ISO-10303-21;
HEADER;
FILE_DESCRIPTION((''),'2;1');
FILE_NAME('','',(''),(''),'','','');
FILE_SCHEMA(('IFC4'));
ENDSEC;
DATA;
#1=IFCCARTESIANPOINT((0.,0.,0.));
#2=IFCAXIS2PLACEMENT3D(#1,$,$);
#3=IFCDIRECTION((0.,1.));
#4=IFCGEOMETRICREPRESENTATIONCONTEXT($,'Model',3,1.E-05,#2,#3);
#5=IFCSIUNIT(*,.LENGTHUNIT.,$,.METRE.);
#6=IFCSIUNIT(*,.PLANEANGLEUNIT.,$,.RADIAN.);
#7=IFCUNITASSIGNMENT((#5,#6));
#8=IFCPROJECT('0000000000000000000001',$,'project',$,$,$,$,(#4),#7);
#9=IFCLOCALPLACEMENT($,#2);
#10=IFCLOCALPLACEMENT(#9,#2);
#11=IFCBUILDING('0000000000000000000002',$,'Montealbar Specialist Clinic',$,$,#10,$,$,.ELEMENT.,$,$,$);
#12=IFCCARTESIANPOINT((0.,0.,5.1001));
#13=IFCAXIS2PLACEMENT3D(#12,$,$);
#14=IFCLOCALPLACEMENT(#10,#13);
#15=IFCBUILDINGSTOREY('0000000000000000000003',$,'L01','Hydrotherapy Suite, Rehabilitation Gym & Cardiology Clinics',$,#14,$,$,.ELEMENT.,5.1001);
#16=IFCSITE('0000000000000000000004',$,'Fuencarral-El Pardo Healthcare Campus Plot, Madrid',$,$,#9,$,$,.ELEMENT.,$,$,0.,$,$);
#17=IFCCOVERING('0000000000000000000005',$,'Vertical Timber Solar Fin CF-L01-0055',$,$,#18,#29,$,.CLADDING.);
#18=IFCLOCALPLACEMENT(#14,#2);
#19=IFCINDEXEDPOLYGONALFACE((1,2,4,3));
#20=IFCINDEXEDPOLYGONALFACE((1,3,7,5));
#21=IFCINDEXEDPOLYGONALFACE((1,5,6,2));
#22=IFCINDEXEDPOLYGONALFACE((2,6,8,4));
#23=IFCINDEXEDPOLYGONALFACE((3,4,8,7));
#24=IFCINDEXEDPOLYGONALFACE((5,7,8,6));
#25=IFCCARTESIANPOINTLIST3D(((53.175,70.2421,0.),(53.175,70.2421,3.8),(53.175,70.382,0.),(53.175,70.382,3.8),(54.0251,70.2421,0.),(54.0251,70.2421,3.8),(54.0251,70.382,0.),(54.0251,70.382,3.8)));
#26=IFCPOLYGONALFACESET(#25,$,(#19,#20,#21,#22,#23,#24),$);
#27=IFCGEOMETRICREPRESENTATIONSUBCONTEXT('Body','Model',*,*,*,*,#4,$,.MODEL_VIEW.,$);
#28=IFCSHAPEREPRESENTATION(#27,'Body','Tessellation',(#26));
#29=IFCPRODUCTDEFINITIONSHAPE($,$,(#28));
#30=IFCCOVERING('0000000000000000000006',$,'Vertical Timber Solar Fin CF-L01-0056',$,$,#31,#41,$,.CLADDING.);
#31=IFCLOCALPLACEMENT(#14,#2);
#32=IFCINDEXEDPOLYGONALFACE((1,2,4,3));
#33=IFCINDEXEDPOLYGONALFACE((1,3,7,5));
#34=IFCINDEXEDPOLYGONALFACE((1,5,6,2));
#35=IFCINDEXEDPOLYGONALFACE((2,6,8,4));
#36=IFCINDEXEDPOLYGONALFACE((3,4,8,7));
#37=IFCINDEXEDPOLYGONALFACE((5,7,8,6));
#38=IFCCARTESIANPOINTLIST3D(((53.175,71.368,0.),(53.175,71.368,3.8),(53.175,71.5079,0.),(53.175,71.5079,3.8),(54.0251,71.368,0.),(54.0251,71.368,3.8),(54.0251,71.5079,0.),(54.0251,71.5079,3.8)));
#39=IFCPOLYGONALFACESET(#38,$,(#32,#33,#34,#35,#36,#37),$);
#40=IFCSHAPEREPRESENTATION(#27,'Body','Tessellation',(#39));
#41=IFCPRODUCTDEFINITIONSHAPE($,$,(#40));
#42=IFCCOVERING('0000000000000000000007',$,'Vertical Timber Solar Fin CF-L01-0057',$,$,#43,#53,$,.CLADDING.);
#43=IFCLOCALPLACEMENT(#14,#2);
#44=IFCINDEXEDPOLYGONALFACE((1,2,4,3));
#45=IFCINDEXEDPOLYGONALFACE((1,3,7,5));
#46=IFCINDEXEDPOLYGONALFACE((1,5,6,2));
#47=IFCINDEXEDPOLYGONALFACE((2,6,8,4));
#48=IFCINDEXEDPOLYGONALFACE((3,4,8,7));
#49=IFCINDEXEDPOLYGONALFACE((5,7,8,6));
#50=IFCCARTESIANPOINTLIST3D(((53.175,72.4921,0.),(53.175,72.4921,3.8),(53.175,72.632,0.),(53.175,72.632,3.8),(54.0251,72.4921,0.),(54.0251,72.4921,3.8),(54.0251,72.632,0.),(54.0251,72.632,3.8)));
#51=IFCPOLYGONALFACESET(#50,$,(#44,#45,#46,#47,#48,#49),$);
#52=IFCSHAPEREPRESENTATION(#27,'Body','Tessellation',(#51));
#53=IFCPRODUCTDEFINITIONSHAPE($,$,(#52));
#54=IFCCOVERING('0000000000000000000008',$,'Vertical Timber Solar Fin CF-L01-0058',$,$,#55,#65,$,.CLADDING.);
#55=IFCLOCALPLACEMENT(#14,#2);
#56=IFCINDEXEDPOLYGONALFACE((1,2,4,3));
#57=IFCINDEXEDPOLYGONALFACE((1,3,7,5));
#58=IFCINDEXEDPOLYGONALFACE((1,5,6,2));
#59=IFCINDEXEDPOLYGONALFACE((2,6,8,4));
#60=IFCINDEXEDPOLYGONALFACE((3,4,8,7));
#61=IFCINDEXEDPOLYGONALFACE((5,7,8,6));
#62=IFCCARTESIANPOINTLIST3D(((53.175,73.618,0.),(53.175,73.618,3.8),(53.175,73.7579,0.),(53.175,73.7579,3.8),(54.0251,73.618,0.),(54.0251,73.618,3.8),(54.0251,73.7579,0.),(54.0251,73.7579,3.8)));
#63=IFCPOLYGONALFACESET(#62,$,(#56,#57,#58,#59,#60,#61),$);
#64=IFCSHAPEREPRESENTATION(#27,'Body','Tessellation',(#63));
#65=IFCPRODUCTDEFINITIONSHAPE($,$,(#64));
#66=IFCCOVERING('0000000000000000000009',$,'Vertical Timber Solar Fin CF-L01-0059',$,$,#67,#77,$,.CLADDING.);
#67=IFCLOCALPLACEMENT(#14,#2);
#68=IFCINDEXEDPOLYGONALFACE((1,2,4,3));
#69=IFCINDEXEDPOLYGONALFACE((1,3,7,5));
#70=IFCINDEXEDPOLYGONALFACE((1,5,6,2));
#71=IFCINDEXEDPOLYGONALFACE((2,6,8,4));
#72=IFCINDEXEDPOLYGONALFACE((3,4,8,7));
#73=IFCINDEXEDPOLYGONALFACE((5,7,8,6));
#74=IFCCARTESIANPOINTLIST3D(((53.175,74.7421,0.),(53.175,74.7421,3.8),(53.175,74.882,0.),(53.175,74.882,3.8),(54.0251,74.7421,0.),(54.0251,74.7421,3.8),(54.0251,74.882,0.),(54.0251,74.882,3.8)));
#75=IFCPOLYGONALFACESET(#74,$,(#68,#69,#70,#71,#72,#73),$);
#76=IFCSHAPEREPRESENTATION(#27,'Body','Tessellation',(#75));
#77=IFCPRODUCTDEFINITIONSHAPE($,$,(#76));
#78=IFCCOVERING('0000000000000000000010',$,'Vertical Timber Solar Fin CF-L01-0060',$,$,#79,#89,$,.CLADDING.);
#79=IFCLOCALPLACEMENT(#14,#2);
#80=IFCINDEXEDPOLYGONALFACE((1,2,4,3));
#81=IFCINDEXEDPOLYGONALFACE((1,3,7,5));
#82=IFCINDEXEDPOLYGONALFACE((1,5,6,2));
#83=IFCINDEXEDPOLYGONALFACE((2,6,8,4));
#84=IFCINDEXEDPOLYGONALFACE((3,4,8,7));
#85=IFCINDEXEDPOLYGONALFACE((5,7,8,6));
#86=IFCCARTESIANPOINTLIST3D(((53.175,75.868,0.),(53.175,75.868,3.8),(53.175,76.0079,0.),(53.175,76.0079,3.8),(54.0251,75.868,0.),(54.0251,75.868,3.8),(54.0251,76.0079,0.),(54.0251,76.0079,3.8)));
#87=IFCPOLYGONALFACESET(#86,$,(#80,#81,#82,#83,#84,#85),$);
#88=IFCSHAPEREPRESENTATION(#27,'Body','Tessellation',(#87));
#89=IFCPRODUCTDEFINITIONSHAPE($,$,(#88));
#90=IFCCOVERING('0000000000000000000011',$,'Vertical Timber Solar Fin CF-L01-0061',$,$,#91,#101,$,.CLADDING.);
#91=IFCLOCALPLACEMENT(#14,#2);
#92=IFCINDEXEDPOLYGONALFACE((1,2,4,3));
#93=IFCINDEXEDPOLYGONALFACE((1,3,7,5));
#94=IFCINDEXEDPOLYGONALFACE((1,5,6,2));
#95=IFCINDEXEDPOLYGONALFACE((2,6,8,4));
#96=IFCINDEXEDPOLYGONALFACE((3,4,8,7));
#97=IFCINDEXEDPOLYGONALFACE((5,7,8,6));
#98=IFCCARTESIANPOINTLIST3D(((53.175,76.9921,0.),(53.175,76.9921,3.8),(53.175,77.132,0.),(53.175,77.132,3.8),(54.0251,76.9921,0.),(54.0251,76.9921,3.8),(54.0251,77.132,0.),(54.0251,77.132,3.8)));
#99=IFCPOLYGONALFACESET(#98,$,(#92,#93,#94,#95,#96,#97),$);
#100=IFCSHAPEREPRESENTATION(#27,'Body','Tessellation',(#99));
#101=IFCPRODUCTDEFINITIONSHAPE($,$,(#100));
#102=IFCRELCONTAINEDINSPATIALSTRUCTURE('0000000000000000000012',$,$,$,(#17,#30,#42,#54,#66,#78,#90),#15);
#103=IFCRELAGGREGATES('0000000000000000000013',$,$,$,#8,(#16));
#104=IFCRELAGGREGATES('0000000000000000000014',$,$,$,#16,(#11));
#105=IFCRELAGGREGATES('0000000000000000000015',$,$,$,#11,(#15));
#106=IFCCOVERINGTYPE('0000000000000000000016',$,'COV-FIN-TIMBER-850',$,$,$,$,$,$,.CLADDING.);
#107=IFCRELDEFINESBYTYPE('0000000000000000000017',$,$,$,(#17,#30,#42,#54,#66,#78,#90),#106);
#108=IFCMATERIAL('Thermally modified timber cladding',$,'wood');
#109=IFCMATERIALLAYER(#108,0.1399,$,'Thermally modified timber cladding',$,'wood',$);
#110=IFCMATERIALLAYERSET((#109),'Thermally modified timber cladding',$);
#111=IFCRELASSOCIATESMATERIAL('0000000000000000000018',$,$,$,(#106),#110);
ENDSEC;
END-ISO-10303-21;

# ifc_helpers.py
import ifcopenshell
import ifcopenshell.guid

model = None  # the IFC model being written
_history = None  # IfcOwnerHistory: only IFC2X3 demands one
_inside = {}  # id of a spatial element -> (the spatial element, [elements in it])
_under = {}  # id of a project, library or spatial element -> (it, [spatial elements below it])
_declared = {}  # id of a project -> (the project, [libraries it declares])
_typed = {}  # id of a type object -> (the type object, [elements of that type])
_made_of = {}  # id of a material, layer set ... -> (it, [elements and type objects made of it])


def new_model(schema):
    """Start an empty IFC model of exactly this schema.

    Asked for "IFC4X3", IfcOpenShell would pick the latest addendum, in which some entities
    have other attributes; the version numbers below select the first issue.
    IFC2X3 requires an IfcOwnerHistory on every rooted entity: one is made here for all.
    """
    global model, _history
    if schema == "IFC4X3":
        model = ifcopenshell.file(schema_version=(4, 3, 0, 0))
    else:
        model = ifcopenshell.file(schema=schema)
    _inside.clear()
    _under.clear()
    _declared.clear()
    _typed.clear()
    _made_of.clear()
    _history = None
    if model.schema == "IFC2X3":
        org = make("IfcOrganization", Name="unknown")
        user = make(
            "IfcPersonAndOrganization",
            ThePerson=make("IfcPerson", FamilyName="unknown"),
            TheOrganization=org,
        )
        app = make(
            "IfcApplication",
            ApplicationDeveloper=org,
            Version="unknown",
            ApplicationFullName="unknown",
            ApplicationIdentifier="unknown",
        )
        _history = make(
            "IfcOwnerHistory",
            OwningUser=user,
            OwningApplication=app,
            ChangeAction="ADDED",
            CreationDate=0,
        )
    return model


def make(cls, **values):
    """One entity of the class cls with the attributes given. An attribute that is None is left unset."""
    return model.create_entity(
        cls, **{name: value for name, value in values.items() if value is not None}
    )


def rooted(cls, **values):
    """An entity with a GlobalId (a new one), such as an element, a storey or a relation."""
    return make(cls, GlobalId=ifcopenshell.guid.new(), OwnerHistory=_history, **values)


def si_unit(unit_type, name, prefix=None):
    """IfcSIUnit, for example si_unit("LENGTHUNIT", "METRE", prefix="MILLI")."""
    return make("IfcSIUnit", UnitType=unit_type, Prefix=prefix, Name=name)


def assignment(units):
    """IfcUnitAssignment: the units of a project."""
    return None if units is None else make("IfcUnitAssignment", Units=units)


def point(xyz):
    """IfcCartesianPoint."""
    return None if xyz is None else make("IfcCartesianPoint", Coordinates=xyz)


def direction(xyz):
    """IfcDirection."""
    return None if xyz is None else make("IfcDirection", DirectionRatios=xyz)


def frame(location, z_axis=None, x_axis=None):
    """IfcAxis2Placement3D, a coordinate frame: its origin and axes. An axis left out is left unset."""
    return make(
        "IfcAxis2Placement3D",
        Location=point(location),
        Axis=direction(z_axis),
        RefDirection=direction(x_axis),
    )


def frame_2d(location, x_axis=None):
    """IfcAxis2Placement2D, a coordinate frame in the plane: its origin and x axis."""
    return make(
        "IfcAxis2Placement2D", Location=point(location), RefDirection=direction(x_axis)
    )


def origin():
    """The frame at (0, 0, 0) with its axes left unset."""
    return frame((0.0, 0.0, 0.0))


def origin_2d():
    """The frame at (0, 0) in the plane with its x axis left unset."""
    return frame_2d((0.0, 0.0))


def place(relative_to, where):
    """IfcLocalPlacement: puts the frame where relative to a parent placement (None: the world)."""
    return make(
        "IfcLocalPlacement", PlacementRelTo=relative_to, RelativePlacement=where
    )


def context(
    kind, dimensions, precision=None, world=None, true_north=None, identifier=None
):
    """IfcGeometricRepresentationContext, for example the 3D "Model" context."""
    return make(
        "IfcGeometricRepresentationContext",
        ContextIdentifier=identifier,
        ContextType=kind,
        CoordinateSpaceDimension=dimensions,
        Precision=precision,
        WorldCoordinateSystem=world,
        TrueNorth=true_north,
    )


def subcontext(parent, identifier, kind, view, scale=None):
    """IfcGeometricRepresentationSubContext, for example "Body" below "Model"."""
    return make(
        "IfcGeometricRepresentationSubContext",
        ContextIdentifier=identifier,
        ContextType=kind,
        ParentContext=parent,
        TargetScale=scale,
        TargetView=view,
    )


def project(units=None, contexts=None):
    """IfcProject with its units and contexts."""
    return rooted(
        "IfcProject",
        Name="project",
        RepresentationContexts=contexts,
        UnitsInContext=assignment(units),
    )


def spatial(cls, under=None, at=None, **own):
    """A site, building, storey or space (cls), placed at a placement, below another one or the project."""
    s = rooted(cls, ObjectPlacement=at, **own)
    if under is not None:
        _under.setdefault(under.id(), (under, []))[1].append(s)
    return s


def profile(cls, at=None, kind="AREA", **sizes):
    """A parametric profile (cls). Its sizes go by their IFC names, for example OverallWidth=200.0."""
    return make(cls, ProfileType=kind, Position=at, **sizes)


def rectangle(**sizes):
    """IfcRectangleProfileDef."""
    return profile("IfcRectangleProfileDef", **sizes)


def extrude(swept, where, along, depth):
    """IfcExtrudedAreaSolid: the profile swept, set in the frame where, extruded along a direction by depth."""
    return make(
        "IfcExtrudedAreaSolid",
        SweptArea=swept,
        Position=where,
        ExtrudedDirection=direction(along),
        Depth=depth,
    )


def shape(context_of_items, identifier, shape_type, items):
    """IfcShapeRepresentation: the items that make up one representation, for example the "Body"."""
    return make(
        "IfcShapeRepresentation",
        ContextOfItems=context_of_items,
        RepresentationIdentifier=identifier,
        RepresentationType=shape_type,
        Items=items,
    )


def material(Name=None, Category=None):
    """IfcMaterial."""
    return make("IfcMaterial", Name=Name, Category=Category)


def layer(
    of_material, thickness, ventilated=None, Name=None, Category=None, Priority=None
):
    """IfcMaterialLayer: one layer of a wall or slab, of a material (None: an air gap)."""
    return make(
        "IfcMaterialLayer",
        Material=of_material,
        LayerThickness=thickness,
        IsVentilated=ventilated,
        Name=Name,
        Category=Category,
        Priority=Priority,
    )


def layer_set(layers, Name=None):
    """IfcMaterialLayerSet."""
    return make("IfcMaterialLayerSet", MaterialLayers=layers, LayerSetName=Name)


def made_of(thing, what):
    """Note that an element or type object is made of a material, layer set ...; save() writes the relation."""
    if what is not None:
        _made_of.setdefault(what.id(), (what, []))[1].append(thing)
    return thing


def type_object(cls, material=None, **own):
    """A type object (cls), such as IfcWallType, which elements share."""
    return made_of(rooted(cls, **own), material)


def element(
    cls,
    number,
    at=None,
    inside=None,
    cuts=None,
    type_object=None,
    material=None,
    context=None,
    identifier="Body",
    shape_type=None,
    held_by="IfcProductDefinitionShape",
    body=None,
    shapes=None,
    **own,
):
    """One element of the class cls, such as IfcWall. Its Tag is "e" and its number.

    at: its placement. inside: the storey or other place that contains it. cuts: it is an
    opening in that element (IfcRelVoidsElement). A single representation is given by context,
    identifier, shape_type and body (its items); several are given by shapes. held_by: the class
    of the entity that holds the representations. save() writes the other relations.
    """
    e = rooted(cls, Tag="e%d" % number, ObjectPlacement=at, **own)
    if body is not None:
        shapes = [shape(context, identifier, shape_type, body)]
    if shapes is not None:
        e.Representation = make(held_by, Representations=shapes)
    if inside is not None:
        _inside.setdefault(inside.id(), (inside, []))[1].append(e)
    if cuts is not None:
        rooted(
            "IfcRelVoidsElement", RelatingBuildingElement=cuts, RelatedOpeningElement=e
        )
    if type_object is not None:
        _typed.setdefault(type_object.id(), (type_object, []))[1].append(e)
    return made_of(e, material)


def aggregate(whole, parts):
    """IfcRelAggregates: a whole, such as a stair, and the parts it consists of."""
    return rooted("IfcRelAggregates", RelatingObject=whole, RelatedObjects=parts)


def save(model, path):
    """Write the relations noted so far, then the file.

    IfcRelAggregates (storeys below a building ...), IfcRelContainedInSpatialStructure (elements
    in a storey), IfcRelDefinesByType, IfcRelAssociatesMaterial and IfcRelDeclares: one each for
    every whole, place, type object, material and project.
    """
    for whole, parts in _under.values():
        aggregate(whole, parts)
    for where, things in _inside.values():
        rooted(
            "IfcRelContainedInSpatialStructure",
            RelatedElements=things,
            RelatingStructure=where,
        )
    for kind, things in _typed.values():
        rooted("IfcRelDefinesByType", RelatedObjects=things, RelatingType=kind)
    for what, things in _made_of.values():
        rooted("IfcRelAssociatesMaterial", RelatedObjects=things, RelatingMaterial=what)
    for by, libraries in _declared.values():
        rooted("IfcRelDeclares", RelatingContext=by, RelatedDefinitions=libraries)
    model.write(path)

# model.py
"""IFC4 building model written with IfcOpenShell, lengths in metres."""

from ifc_helpers import new_model, si_unit, direction, frame, origin, origin_2d, place, context, subcontext, project, spatial, rectangle, extrude, material, layer, layer_set, type_object, element, save


model = new_model("IFC4")

# Units and contexts
model_context = context("Model", 3, precision=1e-05, world=origin(), true_north=direction((0.0, 1.0)))
body_context = subcontext(model_context, "Body", "Model", "MODEL_VIEW")
ifc_project = project(units=[si_unit("LENGTHUNIT", "METRE"), si_unit("PLANEANGLEUNIT", "RADIAN")], contexts=[model_context])

# Site, building, storey
site_placement = place(None, origin())
site = spatial("IfcSite", under=ifc_project, at=site_placement, Name="Fuencarral-El Pardo Healthcare Campus Plot, Madrid", CompositionType="ELEMENT", RefElevation=0.0)
building_placement = place(site_placement, origin())
building = spatial("IfcBuilding", under=site, at=building_placement, Name="Montealbar Specialist Clinic", CompositionType="ELEMENT")
storey_placement = place(building_placement, frame((0.0, 0.0, 5.1001)))
storey = spatial("IfcBuildingStorey", under=building, at=storey_placement, Name="L01", Description="Hydrotherapy Suite, Rehabilitation Gym & Cardiology Clinics", CompositionType="ELEMENT", Elevation=5.1001)

# Coverings
ifc_material_1 = material(Name="Thermally modified timber cladding", Category="wood")
ifc_layer_1 = layer(ifc_material_1, 0.1399, Name="Thermally modified timber cladding", Category="wood")
ifc_layer_set_1 = layer_set([ifc_layer_1], Name="Thermally modified timber cladding")
covering_type = type_object("IfcCoveringType", Name="COV-FIN-TIMBER-850", PredefinedType="CLADDING", material=ifc_layer_set_1)
for number, where, z_axis, x_axis, name in (
    (1, (53.6001, 70.312, 0.0), (0.0, 0.0, 1.0), (-1.0, 0.0, 0.0), "Vertical Timber Solar Fin CF-L01-0055"),
    (2, (53.6001, 71.438, 0.0), (0.0, 0.0, 1.0), (-1.0, 0.0, 0.0), "Vertical Timber Solar Fin CF-L01-0056"),
    (3, (53.6001, 72.562, 0.0), (0.0, 0.0, 1.0), (-1.0, 0.0, 0.0), "Vertical Timber Solar Fin CF-L01-0057"),
    (4, (53.6001, 73.688, 0.0), (0.0, 0.0, 1.0), (-1.0, 0.0, 0.0), "Vertical Timber Solar Fin CF-L01-0058"),
    (5, (53.6001, 74.812, 0.0), (0.0, 0.0, 1.0), (-1.0, 0.0, 0.0), "Vertical Timber Solar Fin CF-L01-0059"),
    (6, (53.6001, 75.938, 0.0), (0.0, 0.0, 1.0), (-1.0, 0.0, 0.0), "Vertical Timber Solar Fin CF-L01-0060"),
    (7, (53.6001, 77.062, 0.0), (0.0, 0.0, 1.0), (-1.0, 0.0, 0.0), "Vertical Timber Solar Fin CF-L01-0061"),
):
    element("IfcCovering", number, at=place(storey_placement, frame(where, z_axis=z_axis, x_axis=x_axis)), inside=storey, type_object=covering_type, Name=name, PredefinedType="CLADDING", context=body_context, shape_type="SweptSolid", body=[
        extrude(rectangle(XDim=0.8501, YDim=0.1399, at=origin_2d()), origin(), (0.0, 0.0, 1.0), 3.8),
    ])

save(model, "model.ifc")
